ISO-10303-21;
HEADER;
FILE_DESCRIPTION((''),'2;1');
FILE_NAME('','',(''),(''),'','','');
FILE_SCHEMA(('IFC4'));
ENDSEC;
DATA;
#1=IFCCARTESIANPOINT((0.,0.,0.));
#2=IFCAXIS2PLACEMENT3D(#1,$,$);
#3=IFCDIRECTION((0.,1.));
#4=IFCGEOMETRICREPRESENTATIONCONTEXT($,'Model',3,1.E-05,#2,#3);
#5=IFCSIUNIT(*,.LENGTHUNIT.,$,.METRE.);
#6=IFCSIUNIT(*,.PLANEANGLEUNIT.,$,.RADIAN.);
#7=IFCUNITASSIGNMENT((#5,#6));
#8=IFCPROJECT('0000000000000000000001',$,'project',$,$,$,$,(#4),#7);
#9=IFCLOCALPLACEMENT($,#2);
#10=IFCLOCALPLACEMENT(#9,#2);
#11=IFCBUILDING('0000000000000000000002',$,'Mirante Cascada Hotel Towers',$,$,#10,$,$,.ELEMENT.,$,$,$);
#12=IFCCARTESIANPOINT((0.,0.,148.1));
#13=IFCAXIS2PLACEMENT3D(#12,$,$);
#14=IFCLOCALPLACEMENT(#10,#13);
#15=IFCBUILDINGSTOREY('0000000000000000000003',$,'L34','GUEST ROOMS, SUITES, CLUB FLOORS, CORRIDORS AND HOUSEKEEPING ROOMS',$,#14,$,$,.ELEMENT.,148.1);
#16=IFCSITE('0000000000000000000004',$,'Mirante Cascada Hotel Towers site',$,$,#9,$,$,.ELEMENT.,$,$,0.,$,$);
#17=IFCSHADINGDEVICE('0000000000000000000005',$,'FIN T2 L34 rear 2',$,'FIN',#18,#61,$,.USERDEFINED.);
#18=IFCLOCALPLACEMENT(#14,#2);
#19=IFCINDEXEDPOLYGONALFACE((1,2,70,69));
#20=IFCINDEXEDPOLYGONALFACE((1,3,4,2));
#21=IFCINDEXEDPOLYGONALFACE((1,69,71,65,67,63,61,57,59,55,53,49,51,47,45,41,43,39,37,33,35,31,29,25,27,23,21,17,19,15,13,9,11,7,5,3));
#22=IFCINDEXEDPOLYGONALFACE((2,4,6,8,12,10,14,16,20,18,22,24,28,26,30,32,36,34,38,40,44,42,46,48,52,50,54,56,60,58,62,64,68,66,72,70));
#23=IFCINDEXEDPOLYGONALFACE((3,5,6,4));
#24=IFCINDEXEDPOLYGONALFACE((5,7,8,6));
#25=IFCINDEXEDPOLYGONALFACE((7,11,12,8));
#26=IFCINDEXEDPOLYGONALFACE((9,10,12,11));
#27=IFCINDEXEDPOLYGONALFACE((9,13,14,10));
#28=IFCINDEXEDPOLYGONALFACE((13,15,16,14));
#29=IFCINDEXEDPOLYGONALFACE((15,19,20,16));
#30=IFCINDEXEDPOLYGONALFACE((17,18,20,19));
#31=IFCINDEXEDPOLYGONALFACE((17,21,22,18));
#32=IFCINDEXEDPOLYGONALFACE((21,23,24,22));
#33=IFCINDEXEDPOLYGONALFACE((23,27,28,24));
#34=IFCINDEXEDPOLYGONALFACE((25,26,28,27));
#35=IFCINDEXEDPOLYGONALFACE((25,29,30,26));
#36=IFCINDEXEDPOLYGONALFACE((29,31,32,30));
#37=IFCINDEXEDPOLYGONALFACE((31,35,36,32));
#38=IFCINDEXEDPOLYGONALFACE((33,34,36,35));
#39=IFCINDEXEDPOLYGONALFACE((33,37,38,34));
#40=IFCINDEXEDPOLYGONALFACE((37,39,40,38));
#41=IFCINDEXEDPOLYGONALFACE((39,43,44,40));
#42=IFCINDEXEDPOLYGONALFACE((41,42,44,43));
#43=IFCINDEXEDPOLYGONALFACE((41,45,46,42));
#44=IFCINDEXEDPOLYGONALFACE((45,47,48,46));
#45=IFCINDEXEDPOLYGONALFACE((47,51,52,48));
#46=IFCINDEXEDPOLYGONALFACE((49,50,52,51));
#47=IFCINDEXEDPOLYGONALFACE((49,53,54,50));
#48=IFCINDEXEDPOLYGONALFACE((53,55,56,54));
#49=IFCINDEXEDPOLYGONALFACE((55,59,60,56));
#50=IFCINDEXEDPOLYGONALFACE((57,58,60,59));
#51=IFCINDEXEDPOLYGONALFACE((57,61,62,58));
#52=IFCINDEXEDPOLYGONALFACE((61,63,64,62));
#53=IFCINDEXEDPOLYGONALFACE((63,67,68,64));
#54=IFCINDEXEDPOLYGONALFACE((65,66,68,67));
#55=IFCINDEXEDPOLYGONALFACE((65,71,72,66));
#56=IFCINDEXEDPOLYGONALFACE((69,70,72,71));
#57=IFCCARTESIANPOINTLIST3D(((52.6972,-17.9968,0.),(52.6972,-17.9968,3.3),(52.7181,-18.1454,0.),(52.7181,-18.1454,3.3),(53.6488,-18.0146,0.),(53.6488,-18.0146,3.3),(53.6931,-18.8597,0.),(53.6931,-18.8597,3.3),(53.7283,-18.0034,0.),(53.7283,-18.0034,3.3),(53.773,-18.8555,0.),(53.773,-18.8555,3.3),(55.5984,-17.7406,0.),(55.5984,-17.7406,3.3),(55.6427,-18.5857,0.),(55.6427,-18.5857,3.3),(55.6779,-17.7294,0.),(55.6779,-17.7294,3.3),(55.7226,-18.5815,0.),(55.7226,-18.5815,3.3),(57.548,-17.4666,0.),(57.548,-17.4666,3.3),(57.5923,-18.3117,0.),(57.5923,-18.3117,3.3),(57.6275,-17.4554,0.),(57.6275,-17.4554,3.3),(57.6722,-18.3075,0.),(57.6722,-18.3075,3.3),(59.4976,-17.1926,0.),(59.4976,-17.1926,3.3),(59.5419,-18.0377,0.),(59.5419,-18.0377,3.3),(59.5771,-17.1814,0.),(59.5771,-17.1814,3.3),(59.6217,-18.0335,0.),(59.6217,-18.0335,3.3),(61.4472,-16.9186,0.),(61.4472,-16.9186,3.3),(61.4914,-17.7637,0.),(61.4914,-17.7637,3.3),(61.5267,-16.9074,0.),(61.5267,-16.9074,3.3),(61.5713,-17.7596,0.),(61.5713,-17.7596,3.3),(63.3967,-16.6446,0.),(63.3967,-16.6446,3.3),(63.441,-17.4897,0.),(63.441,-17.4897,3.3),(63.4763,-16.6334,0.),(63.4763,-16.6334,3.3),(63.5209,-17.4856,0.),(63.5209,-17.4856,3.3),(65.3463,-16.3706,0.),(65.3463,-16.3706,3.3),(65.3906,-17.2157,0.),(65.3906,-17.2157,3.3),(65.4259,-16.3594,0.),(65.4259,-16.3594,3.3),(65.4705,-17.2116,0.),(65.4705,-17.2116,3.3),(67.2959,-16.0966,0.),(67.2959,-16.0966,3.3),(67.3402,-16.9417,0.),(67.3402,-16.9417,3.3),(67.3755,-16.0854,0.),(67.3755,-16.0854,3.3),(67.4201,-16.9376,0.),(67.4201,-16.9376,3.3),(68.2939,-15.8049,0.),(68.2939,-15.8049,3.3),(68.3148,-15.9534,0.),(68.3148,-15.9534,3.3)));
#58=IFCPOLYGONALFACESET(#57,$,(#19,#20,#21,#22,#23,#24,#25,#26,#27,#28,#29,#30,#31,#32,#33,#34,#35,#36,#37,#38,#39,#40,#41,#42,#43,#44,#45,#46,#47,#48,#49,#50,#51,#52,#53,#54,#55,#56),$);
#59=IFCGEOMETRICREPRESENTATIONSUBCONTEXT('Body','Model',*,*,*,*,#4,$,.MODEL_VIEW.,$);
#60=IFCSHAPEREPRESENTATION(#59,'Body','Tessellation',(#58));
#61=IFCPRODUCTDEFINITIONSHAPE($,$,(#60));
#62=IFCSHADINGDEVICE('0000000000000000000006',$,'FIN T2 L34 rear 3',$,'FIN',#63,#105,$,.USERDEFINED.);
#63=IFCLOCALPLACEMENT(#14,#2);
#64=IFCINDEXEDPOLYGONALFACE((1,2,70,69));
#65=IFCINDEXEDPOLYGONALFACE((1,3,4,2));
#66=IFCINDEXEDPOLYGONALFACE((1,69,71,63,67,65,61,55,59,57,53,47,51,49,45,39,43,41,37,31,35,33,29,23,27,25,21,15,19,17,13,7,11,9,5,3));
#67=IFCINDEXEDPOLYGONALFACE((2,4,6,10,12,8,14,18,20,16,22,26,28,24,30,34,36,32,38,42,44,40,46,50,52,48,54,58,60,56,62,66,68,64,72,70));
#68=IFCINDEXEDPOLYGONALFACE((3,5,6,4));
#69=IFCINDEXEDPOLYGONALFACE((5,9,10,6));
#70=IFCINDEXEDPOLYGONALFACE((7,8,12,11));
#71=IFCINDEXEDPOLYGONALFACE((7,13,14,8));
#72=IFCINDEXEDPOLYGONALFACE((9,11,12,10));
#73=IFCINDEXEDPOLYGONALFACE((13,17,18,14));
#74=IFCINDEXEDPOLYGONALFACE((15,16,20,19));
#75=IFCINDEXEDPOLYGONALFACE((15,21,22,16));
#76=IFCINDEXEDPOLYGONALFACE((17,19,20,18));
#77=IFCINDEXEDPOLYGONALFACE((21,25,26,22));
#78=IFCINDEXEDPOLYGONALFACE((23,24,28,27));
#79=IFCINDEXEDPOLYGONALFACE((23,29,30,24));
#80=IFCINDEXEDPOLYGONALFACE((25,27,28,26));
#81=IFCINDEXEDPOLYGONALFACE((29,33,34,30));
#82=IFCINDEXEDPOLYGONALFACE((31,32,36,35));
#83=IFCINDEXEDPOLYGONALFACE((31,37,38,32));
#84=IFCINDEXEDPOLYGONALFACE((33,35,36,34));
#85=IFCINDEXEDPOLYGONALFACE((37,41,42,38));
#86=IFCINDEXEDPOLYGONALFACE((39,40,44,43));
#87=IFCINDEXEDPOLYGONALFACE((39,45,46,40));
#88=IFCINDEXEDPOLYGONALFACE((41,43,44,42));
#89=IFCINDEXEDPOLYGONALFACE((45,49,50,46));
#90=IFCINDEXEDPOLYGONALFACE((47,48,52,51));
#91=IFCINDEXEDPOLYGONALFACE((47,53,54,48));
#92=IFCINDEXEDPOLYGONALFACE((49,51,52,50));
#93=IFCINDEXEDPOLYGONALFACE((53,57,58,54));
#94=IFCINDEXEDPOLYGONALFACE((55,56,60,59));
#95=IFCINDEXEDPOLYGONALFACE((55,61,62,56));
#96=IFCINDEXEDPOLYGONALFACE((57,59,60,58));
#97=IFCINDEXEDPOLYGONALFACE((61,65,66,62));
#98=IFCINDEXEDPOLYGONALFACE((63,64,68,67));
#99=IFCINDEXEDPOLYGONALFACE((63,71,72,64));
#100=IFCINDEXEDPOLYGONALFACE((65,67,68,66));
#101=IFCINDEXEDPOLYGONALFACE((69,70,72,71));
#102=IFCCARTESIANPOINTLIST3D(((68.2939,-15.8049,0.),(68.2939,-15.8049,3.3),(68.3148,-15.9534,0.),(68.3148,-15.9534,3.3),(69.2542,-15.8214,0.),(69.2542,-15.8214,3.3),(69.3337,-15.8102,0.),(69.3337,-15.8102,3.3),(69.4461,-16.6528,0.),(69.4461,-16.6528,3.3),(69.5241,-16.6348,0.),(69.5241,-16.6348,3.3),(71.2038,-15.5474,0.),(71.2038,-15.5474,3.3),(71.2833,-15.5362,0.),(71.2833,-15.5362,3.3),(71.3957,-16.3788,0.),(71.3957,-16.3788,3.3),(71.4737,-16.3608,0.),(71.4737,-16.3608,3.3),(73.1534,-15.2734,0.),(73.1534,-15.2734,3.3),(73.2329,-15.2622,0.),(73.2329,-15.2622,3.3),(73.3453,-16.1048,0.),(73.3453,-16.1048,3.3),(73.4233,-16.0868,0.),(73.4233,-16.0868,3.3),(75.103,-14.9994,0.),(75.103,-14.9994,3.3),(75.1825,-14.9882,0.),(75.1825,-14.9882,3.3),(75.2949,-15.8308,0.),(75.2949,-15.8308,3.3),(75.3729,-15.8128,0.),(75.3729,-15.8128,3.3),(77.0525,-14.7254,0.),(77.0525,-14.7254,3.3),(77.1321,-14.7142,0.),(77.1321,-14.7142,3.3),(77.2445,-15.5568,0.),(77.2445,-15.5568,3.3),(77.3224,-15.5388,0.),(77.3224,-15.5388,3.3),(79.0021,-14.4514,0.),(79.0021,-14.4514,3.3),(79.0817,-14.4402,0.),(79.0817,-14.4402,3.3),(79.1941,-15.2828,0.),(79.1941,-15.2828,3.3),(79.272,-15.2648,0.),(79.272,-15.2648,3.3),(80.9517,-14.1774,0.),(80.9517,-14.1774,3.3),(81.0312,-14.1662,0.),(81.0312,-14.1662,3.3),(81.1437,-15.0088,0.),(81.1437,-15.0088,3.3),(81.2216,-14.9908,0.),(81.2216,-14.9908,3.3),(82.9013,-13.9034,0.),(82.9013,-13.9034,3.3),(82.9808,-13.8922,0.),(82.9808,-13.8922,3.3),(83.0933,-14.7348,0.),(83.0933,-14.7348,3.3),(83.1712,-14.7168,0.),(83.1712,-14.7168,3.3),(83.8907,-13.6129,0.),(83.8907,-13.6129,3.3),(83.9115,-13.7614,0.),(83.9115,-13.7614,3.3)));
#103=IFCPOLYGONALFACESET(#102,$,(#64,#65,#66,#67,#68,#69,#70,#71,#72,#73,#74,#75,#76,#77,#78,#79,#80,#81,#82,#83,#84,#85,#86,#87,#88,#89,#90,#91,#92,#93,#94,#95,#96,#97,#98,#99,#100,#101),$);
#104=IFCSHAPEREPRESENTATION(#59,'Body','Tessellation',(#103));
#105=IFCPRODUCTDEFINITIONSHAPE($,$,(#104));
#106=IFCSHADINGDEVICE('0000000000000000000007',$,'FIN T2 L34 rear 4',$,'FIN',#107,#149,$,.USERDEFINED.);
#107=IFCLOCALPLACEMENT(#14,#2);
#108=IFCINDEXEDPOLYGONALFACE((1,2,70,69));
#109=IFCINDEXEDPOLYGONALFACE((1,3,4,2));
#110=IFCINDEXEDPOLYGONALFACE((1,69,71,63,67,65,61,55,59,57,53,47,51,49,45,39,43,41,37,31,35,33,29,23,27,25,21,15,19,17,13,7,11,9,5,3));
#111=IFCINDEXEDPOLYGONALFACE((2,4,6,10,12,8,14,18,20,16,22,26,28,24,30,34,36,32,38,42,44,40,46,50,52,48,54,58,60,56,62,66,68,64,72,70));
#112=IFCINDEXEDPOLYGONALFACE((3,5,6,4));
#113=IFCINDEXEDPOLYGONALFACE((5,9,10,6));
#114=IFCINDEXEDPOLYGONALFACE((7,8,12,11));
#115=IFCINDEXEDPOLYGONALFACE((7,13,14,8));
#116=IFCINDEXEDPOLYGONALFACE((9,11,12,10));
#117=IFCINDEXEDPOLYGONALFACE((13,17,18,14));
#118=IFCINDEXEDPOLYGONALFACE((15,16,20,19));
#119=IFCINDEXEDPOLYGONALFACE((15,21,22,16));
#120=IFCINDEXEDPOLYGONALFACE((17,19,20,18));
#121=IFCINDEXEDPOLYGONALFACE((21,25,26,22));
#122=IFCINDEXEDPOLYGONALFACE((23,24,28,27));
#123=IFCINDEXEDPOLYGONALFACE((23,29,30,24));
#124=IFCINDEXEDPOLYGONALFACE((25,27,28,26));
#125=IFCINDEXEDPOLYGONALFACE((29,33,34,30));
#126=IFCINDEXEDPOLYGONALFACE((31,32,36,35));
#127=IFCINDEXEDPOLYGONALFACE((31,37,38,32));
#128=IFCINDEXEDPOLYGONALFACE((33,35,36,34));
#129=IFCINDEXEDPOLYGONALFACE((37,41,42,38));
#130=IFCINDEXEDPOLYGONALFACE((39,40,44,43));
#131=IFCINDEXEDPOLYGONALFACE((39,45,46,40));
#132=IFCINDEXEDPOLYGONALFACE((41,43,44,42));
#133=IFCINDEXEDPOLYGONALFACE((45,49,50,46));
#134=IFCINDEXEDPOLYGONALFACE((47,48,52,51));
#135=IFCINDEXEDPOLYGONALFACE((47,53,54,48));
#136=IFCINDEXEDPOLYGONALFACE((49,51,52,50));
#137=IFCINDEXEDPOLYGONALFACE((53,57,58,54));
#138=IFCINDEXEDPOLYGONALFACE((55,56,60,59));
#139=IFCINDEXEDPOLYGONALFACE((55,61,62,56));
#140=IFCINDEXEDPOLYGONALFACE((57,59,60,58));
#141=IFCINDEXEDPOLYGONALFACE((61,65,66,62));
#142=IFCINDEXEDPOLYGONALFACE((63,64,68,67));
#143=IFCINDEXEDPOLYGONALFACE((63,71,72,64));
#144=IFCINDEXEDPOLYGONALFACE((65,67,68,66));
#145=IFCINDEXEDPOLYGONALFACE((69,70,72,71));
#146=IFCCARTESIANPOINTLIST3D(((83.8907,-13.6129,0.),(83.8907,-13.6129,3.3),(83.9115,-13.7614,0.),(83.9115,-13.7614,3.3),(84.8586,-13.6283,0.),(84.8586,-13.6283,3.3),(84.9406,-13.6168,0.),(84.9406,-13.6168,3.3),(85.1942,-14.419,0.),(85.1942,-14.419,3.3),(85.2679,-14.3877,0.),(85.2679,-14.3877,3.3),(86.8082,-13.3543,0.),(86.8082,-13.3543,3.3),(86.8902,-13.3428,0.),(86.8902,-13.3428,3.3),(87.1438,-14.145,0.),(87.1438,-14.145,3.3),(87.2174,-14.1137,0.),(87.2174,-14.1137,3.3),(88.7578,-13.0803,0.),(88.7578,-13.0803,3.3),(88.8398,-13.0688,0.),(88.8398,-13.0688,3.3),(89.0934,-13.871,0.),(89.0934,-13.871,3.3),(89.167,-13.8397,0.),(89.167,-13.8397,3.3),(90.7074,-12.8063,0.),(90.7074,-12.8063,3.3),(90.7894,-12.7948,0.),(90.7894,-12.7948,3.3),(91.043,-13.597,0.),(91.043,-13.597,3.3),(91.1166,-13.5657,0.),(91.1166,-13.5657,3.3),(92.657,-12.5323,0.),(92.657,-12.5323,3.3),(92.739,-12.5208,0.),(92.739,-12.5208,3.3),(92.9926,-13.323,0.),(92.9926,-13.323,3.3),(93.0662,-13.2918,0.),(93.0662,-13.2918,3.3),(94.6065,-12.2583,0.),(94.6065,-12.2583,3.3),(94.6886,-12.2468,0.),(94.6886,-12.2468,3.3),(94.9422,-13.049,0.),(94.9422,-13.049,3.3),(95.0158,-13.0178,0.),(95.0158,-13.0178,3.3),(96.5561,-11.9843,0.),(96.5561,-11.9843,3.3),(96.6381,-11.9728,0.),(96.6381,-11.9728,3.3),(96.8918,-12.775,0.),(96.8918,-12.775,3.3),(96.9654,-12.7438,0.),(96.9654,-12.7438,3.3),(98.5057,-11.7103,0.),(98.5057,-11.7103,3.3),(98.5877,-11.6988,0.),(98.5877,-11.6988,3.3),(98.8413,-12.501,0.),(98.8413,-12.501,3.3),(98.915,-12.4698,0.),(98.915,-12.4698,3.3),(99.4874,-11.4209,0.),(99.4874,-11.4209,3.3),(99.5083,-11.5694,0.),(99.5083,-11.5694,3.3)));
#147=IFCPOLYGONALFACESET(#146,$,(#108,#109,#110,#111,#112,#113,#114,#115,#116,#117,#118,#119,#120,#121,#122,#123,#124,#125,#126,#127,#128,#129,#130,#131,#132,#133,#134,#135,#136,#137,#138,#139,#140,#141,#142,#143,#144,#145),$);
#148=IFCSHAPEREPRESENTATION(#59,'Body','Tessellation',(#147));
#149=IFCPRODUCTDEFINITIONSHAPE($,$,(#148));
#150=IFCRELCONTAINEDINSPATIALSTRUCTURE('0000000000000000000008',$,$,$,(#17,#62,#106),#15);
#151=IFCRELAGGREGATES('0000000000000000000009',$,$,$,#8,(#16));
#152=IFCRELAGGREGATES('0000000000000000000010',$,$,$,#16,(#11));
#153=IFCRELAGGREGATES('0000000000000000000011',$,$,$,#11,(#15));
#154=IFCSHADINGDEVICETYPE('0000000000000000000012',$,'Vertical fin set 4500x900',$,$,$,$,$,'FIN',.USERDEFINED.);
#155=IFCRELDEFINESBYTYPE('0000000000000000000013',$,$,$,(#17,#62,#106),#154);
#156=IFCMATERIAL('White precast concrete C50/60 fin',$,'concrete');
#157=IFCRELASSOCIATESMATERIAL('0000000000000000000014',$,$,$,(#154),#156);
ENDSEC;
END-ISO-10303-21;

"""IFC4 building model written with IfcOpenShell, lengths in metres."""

from ifc_helpers import new_model, si_unit, direction, frame, origin, place, context, subcontext, project, spatial, polyline, outline, extrude, material, type_object, element, save


model = new_model("IFC4")

# Units and contexts
model_context = context("Model", 3, precision=1e-05, world=origin(), true_north=direction((0.0, 1.0)))
body_context = subcontext(model_context, "Body", "Model", "MODEL_VIEW")
ifc_project = project(units=[si_unit("LENGTHUNIT", "METRE"), si_unit("PLANEANGLEUNIT", "RADIAN")], contexts=[model_context])

# Site, building, storey
site_placement = place(None, origin())
site = spatial("IfcSite", under=ifc_project, at=site_placement, Name="Mirante Cascada Hotel Towers site", CompositionType="ELEMENT", RefElevation=0.0)
building_placement = place(site_placement, origin())
building = spatial("IfcBuilding", under=site, at=building_placement, Name="Mirante Cascada Hotel Towers", CompositionType="ELEMENT")
storey_placement = place(building_placement, frame((0.0, 0.0, 148.1)))
storey = spatial("IfcBuildingStorey", under=building, at=storey_placement, Name="L34", Description="GUEST ROOMS, SUITES, CLUB FLOORS, CORRIDORS AND HOUSEKEEPING ROOMS", CompositionType="ELEMENT", Elevation=148.1)

# Shading devices
ifc_material_1 = material(Name="White precast concrete C50/60 fin", Category="concrete")
shading_device_type = type_object("IfcShadingDeviceType", Name="Vertical fin set 4500x900", ElementType="FIN", PredefinedType="USERDEFINED", material=ifc_material_1)
shading_device_1_placement = place(storey_placement, origin())
element("IfcShadingDevice", 1, at=shading_device_1_placement, inside=storey, type_object=shading_device_type, Name="FIN T2 L34 rear 2", ObjectType="FIN", PredefinedType="USERDEFINED", context=body_context, shape_type="SweptSolid", body=[
    extrude(outline(polyline([(53.6931, -18.8597), (53.6488, -18.0146), (52.7181, -18.1454), (52.6972, -17.9968), (68.2939, -15.8049), (68.3148, -15.9534), (67.3755, -16.0854), (67.4201, -16.9376), (67.3402, -16.9417), (67.2959, -16.0966), (65.4259, -16.3594), (65.4705, -17.2116), (65.3906, -17.2157), (65.3463, -16.3706), (63.4763, -16.6334), (63.5209, -17.4856), (63.441, -17.4897), (63.3967, -16.6446), (61.5267, -16.9074), (61.5713, -17.7596), (61.4914, -17.7637), (61.4472, -16.9186), (59.5771, -17.1814), (59.6217, -18.0335), (59.5419, -18.0377), (59.4976, -17.1926), (57.6275, -17.4554), (57.6722, -18.3075), (57.5923, -18.3117), (57.548, -17.4666), (55.6779, -17.7294), (55.7226, -18.5815), (55.6427, -18.5857), (55.5984, -17.7406), (53.7283, -18.0034), (53.773, -18.8555), (53.6931, -18.8597)])), origin(), (0.0, 0.0, 1.0), 3.3),
])
shading_device_2_placement = place(storey_placement, origin())
element("IfcShadingDevice", 2, at=shading_device_2_placement, inside=storey, type_object=shading_device_type, Name="FIN T2 L34 rear 3", ObjectType="FIN", PredefinedType="USERDEFINED", context=body_context, shape_type="SweptSolid", body=[
    extrude(outline(polyline([(69.4461, -16.6528), (69.2542, -15.8214), (68.3148, -15.9534), (68.2939, -15.8049), (83.8907, -13.6129), (83.9115, -13.7614), (82.9808, -13.8922), (83.1712, -14.7168), (83.0933, -14.7348), (82.9013, -13.9034), (81.0312, -14.1662), (81.2216, -14.9908), (81.1437, -15.0088), (80.9517, -14.1774), (79.0817, -14.4402), (79.272, -15.2648), (79.1941, -15.2828), (79.0021, -14.4514), (77.1321, -14.7142), (77.3224, -15.5388), (77.2445, -15.5568), (77.0525, -14.7254), (75.1825, -14.9882), (75.3729, -15.8128), (75.2949, -15.8308), (75.103, -14.9994), (73.2329, -15.2622), (73.4233, -16.0868), (73.3453, -16.1048), (73.1534, -15.2734), (71.2833, -15.5362), (71.4737, -16.3608), (71.3957, -16.3788), (71.2038, -15.5474), (69.3337, -15.8102), (69.5241, -16.6348), (69.4461, -16.6528)])), origin(), (0.0, 0.0, 1.0), 3.3),
])
shading_device_3_placement = place(storey_placement, origin())
element("IfcShadingDevice", 3, at=shading_device_3_placement, inside=storey, type_object=shading_device_type, Name="FIN T2 L34 rear 4", ObjectType="FIN", PredefinedType="USERDEFINED", context=body_context, shape_type="SweptSolid", body=[
    extrude(outline(polyline([(85.1942, -14.419), (84.8586, -13.6283), (83.9115, -13.7614), (83.8907, -13.6129), (99.4874, -11.4209), (99.5083, -11.5694), (98.5877, -11.6988), (98.915, -12.4698), (98.8413, -12.501), (98.5057, -11.7103), (96.6381, -11.9728), (96.9654, -12.7438), (96.8918, -12.775), (96.5561, -11.9843), (94.6886, -12.2468), (95.0158, -13.0178), (94.9422, -13.049), (94.6065, -12.2583), (92.739, -12.5208), (93.0662, -13.2918), (92.9926, -13.323), (92.657, -12.5323), (90.7894, -12.7948), (91.1166, -13.5657), (91.043, -13.597), (90.7074, -12.8063), (88.8398, -13.0688), (89.167, -13.8397), (89.0934, -13.871), (88.7578, -13.0803), (86.8902, -13.3428), (87.2174, -14.1137), (87.1438, -14.145), (86.8082, -13.3543), (84.9406, -13.6168), (85.2679, -14.3877), (85.1942, -14.419)])), origin(), (0.0, 0.0, 1.0), 3.3),
])

save(model, "model.ifc")
